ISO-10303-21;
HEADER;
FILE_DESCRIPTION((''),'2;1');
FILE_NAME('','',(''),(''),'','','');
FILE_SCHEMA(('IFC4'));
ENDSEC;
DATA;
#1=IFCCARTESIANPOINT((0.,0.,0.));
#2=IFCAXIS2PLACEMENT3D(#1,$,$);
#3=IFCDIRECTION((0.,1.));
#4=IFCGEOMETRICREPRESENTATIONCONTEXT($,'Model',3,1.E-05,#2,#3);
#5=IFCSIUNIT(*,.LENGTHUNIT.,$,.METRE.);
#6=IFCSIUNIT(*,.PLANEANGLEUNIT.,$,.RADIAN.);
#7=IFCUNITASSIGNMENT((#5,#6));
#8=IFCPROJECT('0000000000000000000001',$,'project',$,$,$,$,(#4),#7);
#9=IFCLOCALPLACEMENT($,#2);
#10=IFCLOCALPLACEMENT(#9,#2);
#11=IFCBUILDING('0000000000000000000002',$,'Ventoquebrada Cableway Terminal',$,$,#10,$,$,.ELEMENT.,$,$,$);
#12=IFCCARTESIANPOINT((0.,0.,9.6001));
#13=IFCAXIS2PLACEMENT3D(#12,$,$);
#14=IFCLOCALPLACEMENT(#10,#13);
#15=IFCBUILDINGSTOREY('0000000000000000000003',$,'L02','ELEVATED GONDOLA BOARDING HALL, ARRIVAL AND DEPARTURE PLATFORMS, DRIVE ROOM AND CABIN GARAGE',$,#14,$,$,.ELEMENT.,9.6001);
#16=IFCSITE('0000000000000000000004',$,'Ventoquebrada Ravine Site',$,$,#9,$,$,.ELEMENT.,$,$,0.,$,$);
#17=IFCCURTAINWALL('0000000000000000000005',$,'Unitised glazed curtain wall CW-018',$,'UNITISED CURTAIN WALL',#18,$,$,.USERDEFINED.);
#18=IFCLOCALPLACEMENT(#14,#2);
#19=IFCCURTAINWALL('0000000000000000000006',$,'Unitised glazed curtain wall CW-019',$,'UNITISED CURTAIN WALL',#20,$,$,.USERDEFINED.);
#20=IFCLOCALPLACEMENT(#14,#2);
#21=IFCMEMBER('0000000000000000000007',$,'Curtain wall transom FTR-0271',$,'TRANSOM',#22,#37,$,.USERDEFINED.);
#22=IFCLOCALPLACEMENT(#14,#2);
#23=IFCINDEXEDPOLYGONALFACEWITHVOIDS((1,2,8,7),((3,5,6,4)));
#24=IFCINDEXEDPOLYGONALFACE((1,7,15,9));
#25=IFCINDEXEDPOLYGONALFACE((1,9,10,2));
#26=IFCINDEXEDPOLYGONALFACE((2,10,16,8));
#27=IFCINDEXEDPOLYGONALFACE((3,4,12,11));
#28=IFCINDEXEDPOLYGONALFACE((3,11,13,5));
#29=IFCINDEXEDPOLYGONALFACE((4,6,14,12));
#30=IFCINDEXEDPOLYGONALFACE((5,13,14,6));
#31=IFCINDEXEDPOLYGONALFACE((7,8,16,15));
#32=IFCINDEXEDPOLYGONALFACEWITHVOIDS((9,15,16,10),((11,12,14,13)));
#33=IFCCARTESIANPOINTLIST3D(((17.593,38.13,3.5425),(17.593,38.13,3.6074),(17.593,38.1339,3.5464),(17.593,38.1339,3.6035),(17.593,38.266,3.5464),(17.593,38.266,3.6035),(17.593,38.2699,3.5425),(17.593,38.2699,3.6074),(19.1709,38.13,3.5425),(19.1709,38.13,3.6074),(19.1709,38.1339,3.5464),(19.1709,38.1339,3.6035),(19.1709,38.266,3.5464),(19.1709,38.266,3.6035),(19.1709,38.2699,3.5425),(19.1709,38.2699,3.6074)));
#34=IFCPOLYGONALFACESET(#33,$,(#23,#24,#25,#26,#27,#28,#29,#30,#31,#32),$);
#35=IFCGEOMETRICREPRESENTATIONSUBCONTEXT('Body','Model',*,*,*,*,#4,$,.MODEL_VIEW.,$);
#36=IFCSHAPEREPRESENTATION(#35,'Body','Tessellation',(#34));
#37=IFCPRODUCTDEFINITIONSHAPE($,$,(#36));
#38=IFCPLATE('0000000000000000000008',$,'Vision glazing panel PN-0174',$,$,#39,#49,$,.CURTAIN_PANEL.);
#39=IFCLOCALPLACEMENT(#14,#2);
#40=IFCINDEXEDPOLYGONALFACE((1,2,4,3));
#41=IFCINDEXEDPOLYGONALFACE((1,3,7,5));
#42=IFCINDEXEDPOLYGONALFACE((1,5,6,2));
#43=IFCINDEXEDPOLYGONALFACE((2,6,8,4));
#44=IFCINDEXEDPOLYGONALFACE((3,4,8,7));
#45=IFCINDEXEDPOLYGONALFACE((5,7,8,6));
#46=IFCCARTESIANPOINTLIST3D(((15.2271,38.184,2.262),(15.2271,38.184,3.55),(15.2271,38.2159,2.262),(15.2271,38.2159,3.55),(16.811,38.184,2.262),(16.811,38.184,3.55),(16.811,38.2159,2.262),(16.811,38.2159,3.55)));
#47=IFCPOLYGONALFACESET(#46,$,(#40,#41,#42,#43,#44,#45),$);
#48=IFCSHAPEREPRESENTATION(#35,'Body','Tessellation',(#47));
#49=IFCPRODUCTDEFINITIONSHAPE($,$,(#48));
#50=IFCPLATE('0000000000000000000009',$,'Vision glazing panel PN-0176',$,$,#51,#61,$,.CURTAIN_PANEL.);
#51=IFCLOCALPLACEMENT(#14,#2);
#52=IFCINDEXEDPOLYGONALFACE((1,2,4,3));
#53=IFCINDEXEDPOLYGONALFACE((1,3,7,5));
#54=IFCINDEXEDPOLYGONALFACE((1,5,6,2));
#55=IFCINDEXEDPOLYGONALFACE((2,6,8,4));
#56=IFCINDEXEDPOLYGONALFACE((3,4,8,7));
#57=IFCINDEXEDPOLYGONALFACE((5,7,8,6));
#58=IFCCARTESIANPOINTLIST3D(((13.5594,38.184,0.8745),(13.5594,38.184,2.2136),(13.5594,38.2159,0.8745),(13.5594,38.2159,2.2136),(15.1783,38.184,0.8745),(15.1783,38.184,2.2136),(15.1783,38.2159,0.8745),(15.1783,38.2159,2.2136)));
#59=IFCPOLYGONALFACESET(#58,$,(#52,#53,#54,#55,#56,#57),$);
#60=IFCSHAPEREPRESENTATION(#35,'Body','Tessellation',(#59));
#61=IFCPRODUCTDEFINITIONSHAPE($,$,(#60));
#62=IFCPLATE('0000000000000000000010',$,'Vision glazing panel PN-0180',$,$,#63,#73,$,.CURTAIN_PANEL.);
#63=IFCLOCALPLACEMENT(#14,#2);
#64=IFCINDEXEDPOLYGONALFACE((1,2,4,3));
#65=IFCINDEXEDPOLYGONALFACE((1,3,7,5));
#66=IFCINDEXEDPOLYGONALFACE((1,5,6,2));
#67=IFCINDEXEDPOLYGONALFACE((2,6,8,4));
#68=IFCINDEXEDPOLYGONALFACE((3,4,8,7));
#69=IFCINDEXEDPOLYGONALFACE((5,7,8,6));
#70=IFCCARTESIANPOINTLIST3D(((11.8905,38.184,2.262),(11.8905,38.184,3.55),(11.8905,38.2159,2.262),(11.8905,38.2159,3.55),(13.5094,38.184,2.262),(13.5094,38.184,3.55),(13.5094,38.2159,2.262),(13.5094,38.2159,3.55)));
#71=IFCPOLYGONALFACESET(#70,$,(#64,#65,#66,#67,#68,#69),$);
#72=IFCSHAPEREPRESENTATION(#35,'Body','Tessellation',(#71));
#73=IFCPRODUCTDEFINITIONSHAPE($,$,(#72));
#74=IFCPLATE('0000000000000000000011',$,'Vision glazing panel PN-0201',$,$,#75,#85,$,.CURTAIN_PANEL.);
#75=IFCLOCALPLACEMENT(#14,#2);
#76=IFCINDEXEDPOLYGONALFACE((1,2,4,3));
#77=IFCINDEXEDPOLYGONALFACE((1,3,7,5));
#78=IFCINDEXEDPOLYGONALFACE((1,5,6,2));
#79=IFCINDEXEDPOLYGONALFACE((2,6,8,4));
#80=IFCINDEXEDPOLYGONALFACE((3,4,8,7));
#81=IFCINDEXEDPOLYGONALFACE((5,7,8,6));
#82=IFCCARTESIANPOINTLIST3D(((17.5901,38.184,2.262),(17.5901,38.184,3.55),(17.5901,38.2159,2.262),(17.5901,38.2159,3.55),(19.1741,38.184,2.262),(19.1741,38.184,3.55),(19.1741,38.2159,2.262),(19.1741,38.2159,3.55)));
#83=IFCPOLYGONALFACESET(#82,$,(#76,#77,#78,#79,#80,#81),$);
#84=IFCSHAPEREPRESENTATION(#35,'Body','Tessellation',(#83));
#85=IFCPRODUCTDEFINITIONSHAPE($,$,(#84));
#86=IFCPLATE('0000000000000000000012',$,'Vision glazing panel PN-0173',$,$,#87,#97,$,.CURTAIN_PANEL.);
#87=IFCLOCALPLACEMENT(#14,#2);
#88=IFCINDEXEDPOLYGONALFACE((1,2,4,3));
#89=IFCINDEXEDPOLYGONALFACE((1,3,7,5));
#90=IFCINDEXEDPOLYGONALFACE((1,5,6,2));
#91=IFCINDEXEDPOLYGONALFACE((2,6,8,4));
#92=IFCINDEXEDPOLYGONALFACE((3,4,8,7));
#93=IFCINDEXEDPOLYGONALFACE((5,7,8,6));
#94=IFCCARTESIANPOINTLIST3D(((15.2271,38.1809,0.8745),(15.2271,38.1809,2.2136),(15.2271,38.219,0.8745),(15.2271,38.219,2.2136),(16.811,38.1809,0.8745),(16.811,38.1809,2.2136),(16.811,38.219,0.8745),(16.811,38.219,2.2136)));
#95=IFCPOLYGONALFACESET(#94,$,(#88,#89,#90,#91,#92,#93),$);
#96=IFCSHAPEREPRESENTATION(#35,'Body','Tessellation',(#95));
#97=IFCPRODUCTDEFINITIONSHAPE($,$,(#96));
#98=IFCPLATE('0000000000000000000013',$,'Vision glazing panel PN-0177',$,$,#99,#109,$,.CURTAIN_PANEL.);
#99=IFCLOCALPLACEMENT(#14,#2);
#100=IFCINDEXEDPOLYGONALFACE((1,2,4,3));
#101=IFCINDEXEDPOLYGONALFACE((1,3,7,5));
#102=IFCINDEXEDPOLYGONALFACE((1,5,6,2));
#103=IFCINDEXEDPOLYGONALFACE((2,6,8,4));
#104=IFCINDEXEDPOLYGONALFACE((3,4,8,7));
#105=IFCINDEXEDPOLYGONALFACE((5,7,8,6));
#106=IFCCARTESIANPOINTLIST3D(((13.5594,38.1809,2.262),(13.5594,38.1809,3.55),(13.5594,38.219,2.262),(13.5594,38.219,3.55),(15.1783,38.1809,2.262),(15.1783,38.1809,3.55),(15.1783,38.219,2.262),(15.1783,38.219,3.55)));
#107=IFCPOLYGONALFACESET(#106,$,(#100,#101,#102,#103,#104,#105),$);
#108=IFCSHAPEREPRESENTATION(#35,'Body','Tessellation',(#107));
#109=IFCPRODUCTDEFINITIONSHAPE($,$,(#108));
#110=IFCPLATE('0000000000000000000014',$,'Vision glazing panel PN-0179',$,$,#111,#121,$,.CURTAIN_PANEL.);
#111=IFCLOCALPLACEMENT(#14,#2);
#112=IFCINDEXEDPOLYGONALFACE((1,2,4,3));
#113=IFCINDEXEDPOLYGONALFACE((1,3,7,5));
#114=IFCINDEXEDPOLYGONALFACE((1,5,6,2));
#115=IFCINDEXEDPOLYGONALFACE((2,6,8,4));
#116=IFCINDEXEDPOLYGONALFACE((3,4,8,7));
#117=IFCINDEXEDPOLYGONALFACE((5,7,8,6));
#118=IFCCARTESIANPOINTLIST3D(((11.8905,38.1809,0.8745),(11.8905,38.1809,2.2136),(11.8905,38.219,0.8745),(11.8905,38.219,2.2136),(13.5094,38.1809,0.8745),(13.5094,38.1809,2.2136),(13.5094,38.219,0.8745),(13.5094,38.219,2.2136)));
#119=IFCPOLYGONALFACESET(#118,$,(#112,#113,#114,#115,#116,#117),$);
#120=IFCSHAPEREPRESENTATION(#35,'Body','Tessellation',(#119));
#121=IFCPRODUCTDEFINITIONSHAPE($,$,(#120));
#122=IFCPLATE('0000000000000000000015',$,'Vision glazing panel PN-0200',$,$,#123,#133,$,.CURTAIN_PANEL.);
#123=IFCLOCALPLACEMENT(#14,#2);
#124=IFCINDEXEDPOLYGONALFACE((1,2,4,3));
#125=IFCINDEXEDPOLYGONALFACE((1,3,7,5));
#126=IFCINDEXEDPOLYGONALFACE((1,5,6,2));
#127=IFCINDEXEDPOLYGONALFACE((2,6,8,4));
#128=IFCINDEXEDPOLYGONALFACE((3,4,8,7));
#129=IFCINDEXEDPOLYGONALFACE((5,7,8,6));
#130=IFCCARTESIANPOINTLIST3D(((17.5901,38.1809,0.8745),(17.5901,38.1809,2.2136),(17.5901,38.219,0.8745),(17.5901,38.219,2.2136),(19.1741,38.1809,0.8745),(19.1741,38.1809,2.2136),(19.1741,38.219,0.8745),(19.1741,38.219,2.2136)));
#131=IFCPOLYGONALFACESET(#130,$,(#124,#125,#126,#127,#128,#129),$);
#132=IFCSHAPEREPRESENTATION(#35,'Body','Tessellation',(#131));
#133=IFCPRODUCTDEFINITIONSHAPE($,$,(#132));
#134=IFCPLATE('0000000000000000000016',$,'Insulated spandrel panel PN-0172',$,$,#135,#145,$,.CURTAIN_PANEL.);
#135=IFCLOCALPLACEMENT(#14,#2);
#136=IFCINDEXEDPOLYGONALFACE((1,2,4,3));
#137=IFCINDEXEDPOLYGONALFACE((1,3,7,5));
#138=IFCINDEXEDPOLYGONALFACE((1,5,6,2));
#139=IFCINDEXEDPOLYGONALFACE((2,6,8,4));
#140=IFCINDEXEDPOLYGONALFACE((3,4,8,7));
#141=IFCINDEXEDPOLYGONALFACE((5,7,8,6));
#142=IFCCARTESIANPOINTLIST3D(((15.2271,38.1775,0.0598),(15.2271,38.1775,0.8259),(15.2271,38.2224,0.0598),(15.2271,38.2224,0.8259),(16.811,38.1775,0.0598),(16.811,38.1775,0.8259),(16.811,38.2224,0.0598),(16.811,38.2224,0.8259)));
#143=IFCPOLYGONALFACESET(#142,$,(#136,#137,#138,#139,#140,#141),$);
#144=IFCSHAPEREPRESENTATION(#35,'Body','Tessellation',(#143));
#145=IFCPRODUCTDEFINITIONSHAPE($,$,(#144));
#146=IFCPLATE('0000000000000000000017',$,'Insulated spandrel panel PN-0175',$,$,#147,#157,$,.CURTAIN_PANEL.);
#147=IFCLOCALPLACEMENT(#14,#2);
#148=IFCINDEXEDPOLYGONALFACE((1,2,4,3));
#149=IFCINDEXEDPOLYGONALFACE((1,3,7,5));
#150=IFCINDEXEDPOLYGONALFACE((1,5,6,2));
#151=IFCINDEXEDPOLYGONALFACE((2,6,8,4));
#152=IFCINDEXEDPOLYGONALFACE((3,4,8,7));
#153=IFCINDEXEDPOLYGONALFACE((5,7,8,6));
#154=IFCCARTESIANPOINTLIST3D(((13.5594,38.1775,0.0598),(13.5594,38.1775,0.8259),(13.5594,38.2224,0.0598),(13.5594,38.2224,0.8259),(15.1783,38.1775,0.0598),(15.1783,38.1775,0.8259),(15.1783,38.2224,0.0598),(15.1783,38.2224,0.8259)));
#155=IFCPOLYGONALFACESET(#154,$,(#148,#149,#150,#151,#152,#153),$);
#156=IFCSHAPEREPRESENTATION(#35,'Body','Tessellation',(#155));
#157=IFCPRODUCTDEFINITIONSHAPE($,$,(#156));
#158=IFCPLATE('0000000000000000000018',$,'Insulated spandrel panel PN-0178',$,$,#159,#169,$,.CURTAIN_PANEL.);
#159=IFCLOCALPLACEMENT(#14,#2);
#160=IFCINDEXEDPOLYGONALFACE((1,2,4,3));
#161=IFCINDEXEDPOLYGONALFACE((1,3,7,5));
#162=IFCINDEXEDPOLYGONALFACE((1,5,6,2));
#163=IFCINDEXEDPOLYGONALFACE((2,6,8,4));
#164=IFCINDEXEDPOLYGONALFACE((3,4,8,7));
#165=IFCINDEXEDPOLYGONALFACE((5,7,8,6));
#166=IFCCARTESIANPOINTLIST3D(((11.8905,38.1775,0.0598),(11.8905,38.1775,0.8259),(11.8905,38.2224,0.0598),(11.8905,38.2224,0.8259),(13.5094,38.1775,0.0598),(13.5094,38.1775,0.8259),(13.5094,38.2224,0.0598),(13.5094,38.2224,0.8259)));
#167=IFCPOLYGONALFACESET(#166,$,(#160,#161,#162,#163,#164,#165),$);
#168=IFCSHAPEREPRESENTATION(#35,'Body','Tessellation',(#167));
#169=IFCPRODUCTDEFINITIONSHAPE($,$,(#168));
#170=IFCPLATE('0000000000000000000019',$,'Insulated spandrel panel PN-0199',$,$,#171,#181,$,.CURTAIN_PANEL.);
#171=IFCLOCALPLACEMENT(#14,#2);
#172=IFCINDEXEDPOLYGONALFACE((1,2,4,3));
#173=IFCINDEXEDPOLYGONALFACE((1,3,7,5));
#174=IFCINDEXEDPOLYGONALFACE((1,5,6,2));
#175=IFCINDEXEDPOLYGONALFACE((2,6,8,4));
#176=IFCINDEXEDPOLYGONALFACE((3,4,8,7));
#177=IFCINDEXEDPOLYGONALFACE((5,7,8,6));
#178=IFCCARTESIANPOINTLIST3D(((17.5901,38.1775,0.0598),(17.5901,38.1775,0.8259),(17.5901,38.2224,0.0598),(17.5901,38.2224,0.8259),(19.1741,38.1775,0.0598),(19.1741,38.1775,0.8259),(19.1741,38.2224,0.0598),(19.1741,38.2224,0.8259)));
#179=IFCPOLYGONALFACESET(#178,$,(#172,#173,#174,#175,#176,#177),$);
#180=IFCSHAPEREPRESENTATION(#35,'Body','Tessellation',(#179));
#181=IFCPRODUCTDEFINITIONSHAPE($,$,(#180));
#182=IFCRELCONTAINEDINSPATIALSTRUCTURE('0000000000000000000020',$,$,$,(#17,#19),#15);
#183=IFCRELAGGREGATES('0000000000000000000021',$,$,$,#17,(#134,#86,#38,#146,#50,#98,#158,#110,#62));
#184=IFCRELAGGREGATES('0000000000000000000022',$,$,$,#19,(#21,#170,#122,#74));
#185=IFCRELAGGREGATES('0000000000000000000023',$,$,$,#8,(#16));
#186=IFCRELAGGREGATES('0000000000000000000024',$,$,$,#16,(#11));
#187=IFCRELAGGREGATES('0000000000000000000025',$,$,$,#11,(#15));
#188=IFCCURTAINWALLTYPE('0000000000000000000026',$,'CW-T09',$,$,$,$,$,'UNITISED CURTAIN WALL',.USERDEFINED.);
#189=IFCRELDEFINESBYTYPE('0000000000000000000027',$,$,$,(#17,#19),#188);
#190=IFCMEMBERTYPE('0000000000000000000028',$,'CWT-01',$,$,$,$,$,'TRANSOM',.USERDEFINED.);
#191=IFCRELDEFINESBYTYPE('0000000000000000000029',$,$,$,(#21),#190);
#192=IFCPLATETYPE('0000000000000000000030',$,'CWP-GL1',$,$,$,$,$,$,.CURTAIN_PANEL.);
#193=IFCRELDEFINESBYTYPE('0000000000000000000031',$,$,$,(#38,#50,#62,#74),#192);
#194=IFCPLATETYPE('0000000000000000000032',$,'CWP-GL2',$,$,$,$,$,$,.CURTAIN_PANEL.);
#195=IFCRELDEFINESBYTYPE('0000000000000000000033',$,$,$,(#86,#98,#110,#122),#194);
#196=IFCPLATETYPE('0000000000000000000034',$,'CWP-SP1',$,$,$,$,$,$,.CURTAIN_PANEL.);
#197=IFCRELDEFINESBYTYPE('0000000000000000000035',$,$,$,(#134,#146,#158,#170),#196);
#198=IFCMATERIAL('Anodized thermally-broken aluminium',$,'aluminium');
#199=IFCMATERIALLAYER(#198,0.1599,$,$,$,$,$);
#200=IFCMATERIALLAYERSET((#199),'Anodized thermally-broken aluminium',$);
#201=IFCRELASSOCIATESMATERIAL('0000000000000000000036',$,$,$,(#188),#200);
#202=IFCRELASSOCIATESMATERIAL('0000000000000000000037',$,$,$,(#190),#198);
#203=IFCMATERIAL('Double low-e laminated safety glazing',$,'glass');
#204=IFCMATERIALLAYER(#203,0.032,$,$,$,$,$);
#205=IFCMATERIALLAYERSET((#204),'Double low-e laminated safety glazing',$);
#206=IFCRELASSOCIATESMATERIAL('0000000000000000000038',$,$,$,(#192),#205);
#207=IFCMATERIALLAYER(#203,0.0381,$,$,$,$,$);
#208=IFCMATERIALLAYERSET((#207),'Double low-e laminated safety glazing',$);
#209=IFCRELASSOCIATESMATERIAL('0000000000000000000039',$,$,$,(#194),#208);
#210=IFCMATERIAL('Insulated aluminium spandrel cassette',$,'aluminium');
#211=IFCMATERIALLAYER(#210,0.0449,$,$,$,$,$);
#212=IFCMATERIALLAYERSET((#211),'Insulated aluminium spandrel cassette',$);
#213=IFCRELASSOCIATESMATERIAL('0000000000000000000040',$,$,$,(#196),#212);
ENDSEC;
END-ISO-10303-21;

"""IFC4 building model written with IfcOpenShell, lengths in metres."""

from ifc_helpers import new_model, si_unit, direction, frame, origin, origin_2d, place, context, subcontext, project, spatial, rectangle, hollow_rectangle, extrude, material, layer, layer_set, material_profile, profile_set, type_object, element, aggregate, save


model = new_model("IFC4")

# Units and contexts
model_context = context("Model", 3, precision=1e-05, world=origin(), true_north=direction((0.0, 1.0)))
body_context = subcontext(model_context, "Body", "Model", "MODEL_VIEW")
ifc_project = project(units=[si_unit("LENGTHUNIT", "METRE"), si_unit("PLANEANGLEUNIT", "RADIAN")], contexts=[model_context])

# Site, building, storey
site_placement = place(None, origin())
site = spatial("IfcSite", under=ifc_project, at=site_placement, Name="Ventoquebrada Ravine Site", CompositionType="ELEMENT", RefElevation=0.0)
building_placement = place(site_placement, origin())
building = spatial("IfcBuilding", under=site, at=building_placement, Name="Ventoquebrada Cableway Terminal", CompositionType="ELEMENT")
storey_placement = place(building_placement, frame((0.0, 0.0, 9.6001)))
storey = spatial("IfcBuildingStorey", under=building, at=storey_placement, Name="L02", Description="ELEVATED GONDOLA BOARDING HALL, ARRIVAL AND DEPARTURE PLATFORMS, DRIVE ROOM AND CABIN GARAGE", CompositionType="ELEMENT", Elevation=9.6001)

# Curtain walls
ifc_material_1 = material(Name="Anodized thermally-broken aluminium", Category="aluminium")
ifc_layer_1 = layer(ifc_material_1, 0.1599)
ifc_layer_set_1 = layer_set([ifc_layer_1], Name="Anodized thermally-broken aluminium")
curtain_wall_type = type_object("IfcCurtainWallType", Name="CW-T09", ElementType="UNITISED CURTAIN WALL", PredefinedType="USERDEFINED", material=ifc_layer_set_1)
curtain_wall_1_placement = place(storey_placement, origin())
curtain_wall_1 = element("IfcCurtainWall", 1, at=curtain_wall_1_placement, inside=storey, type_object=curtain_wall_type, Name="Unitised glazed curtain wall CW-018", ObjectType="UNITISED CURTAIN WALL", PredefinedType="USERDEFINED")
curtain_wall_2_placement = place(storey_placement, origin())
curtain_wall_2 = element("IfcCurtainWall", 2, at=curtain_wall_2_placement, inside=storey, type_object=curtain_wall_type, Name="Unitised glazed curtain wall CW-019", ObjectType="UNITISED CURTAIN WALL", PredefinedType="USERDEFINED")

# Member
ifc_material_profile_1 = material_profile(ifc_material_1, hollow_rectangle(XDim=0.0649, YDim=0.1399, WallThickness=0.0039, at=origin_2d()), Name="CW-TRN-65X140")
ifc_profile_set_1 = profile_set([ifc_material_profile_1], Name="Anodized thermally-broken aluminium")
member_type_1 = type_object("IfcMemberType", Name="CWT-01", ElementType="TRANSOM", PredefinedType="USERDEFINED", material=ifc_profile_set_1)
member_1_placement = place(storey_placement, frame((19.1709, 38.2, 3.575), z_axis=(-1.0, 0.0, 0.0), x_axis=(0.0, 0.0, 1.0)))
member_1 = element("IfcMember", 3, at=member_1_placement, type_object=member_type_1, Name="Curtain wall transom FTR-0271", ObjectType="TRANSOM", PredefinedType="USERDEFINED", context=body_context, shape_type="SweptSolid", body=[
    extrude(hollow_rectangle(XDim=0.0649, YDim=0.1399, WallThickness=0.0039, at=origin_2d()), origin(), (0.0, 0.0, 1.0), 1.5779),
])

# Plates
ifc_material_2 = material(Name="Double low-e laminated safety glazing", Category="glass")
ifc_layer_2 = layer(ifc_material_2, 0.032)
ifc_layer_set_2 = layer_set([ifc_layer_2], Name="Double low-e laminated safety glazing")
plate_type_1 = type_object("IfcPlateType", Name="CWP-GL1", PredefinedType="CURTAIN_PANEL", material=ifc_layer_set_2)
plate_1_placement = place(storey_placement, frame((16.019, 38.2, 2.262), z_axis=(0.0, 0.0, 1.0), x_axis=(-1.0, 0.0, 0.0)))
plate_1 = element("IfcPlate", 4, at=plate_1_placement, type_object=plate_type_1, Name="Vision glazing panel PN-0174", PredefinedType="CURTAIN_PANEL", context=body_context, shape_type="SweptSolid", body=[
    extrude(rectangle(XDim=1.584, YDim=0.032, at=origin_2d()), origin(), (0.0, 0.0, 1.0), 1.2881),
])
plate_2_placement = place(storey_placement, frame((14.3689, 38.2, 0.8745), z_axis=(0.0, 0.0, 1.0), x_axis=(-1.0, 0.0, 0.0)))
plate_2 = element("IfcPlate", 5, at=plate_2_placement, type_object=plate_type_1, Name="Vision glazing panel PN-0176", PredefinedType="CURTAIN_PANEL", context=body_context, shape_type="SweptSolid", body=[
    extrude(rectangle(XDim=1.6189, YDim=0.032, at=origin_2d()), origin(), (0.0, 0.0, 1.0), 1.3391),
])
plate_3_placement = place(storey_placement, frame((12.7, 38.2, 2.262), z_axis=(0.0, 0.0, 1.0), x_axis=(-1.0, 0.0, 0.0)))
plate_3 = element("IfcPlate", 6, at=plate_3_placement, type_object=plate_type_1, Name="Vision glazing panel PN-0180", PredefinedType="CURTAIN_PANEL", context=body_context, shape_type="SweptSolid", body=[
    extrude(rectangle(XDim=1.6189, YDim=0.032, at=origin_2d()), origin(), (0.0, 0.0, 1.0), 1.2881),
])
plate_4_placement = place(storey_placement, frame((18.3821, 38.2, 2.262), z_axis=(0.0, 0.0, 1.0), x_axis=(-1.0, 0.0, 0.0)))
plate_4 = element("IfcPlate", 7, at=plate_4_placement, type_object=plate_type_1, Name="Vision glazing panel PN-0201", PredefinedType="CURTAIN_PANEL", context=body_context, shape_type="SweptSolid", body=[
    extrude(rectangle(XDim=1.584, YDim=0.032, at=origin_2d()), origin(), (0.0, 0.0, 1.0), 1.2881),
])
ifc_layer_3 = layer(ifc_material_2, 0.0381)
ifc_layer_set_3 = layer_set([ifc_layer_3], Name="Double low-e laminated safety glazing")
plate_type_2 = type_object("IfcPlateType", Name="CWP-GL2", PredefinedType="CURTAIN_PANEL", material=ifc_layer_set_3)
plate_5_placement = place(storey_placement, frame((16.019, 38.2, 0.8745), z_axis=(0.0, 0.0, 1.0), x_axis=(-1.0, 0.0, 0.0)))
plate_5 = element("IfcPlate", 8, at=plate_5_placement, type_object=plate_type_2, Name="Vision glazing panel PN-0173", PredefinedType="CURTAIN_PANEL", context=body_context, shape_type="SweptSolid", body=[
    extrude(rectangle(XDim=1.584, YDim=0.0381, at=origin_2d()), origin(), (0.0, 0.0, 1.0), 1.3391),
])
plate_6_placement = place(storey_placement, frame((14.3689, 38.2, 2.262), z_axis=(0.0, 0.0, 1.0), x_axis=(-1.0, 0.0, 0.0)))
plate_6 = element("IfcPlate", 9, at=plate_6_placement, type_object=plate_type_2, Name="Vision glazing panel PN-0177", PredefinedType="CURTAIN_PANEL", context=body_context, shape_type="SweptSolid", body=[
    extrude(rectangle(XDim=1.6189, YDim=0.0381, at=origin_2d()), origin(), (0.0, 0.0, 1.0), 1.2881),
])
plate_7_placement = place(storey_placement, frame((12.7, 38.2, 0.8745), z_axis=(0.0, 0.0, 1.0), x_axis=(-1.0, 0.0, 0.0)))
plate_7 = element("IfcPlate", 10, at=plate_7_placement, type_object=plate_type_2, Name="Vision glazing panel PN-0179", PredefinedType="CURTAIN_PANEL", context=body_context, shape_type="SweptSolid", body=[
    extrude(rectangle(XDim=1.6189, YDim=0.0381, at=origin_2d()), origin(), (0.0, 0.0, 1.0), 1.3391),
])
plate_8_placement = place(storey_placement, frame((18.3821, 38.2, 0.8745), z_axis=(0.0, 0.0, 1.0), x_axis=(-1.0, 0.0, 0.0)))
plate_8 = element("IfcPlate", 11, at=plate_8_placement, type_object=plate_type_2, Name="Vision glazing panel PN-0200", PredefinedType="CURTAIN_PANEL", context=body_context, shape_type="SweptSolid", body=[
    extrude(rectangle(XDim=1.584, YDim=0.0381, at=origin_2d()), origin(), (0.0, 0.0, 1.0), 1.3391),
])
ifc_material_3 = material(Name="Insulated aluminium spandrel cassette", Category="aluminium")
ifc_layer_4 = layer(ifc_material_3, 0.0449)
ifc_layer_set_4 = layer_set([ifc_layer_4], Name="Insulated aluminium spandrel cassette")
plate_type_3 = type_object("IfcPlateType", Name="CWP-SP1", PredefinedType="CURTAIN_PANEL", material=ifc_layer_set_4)
plate_9_placement = place(storey_placement, frame((16.019, 38.2, 0.0598), z_axis=(0.0, 0.0, 1.0), x_axis=(-1.0, 0.0, 0.0)))
plate_9 = element("IfcPlate", 12, at=plate_9_placement, type_object=plate_type_3, Name="Insulated spandrel panel PN-0172", PredefinedType="CURTAIN_PANEL", context=body_context, shape_type="SweptSolid", body=[
    extrude(rectangle(XDim=1.584, YDim=0.0449, at=origin_2d()), origin(), (0.0, 0.0, 1.0), 0.7661),
])
plate_10_placement = place(storey_placement, frame((14.3689, 38.2, 0.0598), z_axis=(0.0, 0.0, 1.0), x_axis=(-1.0, 0.0, 0.0)))
plate_10 = element("IfcPlate", 13, at=plate_10_placement, type_object=plate_type_3, Name="Insulated spandrel panel PN-0175", PredefinedType="CURTAIN_PANEL", context=body_context, shape_type="SweptSolid", body=[
    extrude(rectangle(XDim=1.6189, YDim=0.0449, at=origin_2d()), origin(), (0.0, 0.0, 1.0), 0.7661),
])
plate_11_placement = place(storey_placement, frame((12.7, 38.2, 0.0598), z_axis=(0.0, 0.0, 1.0), x_axis=(-1.0, 0.0, 0.0)))
plate_11 = element("IfcPlate", 14, at=plate_11_placement, type_object=plate_type_3, Name="Insulated spandrel panel PN-0178", PredefinedType="CURTAIN_PANEL", context=body_context, shape_type="SweptSolid", body=[
    extrude(rectangle(XDim=1.6189, YDim=0.0449, at=origin_2d()), origin(), (0.0, 0.0, 1.0), 0.7661),
])
aggregate(curtain_wall_1, [plate_9, plate_5, plate_1, plate_10, plate_2, plate_6, plate_11, plate_7, plate_3])
plate_12_placement = place(storey_placement, frame((18.3821, 38.2, 0.0598), z_axis=(0.0, 0.0, 1.0), x_axis=(-1.0, 0.0, 0.0)))
plate_12 = element("IfcPlate", 15, at=plate_12_placement, type_object=plate_type_3, Name="Insulated spandrel panel PN-0199", PredefinedType="CURTAIN_PANEL", context=body_context, shape_type="SweptSolid", body=[
    extrude(rectangle(XDim=1.584, YDim=0.0449, at=origin_2d()), origin(), (0.0, 0.0, 1.0), 0.7661),
])
aggregate(curtain_wall_2, [member_1, plate_12, plate_8, plate_4])

save(model, "model.ifc")
